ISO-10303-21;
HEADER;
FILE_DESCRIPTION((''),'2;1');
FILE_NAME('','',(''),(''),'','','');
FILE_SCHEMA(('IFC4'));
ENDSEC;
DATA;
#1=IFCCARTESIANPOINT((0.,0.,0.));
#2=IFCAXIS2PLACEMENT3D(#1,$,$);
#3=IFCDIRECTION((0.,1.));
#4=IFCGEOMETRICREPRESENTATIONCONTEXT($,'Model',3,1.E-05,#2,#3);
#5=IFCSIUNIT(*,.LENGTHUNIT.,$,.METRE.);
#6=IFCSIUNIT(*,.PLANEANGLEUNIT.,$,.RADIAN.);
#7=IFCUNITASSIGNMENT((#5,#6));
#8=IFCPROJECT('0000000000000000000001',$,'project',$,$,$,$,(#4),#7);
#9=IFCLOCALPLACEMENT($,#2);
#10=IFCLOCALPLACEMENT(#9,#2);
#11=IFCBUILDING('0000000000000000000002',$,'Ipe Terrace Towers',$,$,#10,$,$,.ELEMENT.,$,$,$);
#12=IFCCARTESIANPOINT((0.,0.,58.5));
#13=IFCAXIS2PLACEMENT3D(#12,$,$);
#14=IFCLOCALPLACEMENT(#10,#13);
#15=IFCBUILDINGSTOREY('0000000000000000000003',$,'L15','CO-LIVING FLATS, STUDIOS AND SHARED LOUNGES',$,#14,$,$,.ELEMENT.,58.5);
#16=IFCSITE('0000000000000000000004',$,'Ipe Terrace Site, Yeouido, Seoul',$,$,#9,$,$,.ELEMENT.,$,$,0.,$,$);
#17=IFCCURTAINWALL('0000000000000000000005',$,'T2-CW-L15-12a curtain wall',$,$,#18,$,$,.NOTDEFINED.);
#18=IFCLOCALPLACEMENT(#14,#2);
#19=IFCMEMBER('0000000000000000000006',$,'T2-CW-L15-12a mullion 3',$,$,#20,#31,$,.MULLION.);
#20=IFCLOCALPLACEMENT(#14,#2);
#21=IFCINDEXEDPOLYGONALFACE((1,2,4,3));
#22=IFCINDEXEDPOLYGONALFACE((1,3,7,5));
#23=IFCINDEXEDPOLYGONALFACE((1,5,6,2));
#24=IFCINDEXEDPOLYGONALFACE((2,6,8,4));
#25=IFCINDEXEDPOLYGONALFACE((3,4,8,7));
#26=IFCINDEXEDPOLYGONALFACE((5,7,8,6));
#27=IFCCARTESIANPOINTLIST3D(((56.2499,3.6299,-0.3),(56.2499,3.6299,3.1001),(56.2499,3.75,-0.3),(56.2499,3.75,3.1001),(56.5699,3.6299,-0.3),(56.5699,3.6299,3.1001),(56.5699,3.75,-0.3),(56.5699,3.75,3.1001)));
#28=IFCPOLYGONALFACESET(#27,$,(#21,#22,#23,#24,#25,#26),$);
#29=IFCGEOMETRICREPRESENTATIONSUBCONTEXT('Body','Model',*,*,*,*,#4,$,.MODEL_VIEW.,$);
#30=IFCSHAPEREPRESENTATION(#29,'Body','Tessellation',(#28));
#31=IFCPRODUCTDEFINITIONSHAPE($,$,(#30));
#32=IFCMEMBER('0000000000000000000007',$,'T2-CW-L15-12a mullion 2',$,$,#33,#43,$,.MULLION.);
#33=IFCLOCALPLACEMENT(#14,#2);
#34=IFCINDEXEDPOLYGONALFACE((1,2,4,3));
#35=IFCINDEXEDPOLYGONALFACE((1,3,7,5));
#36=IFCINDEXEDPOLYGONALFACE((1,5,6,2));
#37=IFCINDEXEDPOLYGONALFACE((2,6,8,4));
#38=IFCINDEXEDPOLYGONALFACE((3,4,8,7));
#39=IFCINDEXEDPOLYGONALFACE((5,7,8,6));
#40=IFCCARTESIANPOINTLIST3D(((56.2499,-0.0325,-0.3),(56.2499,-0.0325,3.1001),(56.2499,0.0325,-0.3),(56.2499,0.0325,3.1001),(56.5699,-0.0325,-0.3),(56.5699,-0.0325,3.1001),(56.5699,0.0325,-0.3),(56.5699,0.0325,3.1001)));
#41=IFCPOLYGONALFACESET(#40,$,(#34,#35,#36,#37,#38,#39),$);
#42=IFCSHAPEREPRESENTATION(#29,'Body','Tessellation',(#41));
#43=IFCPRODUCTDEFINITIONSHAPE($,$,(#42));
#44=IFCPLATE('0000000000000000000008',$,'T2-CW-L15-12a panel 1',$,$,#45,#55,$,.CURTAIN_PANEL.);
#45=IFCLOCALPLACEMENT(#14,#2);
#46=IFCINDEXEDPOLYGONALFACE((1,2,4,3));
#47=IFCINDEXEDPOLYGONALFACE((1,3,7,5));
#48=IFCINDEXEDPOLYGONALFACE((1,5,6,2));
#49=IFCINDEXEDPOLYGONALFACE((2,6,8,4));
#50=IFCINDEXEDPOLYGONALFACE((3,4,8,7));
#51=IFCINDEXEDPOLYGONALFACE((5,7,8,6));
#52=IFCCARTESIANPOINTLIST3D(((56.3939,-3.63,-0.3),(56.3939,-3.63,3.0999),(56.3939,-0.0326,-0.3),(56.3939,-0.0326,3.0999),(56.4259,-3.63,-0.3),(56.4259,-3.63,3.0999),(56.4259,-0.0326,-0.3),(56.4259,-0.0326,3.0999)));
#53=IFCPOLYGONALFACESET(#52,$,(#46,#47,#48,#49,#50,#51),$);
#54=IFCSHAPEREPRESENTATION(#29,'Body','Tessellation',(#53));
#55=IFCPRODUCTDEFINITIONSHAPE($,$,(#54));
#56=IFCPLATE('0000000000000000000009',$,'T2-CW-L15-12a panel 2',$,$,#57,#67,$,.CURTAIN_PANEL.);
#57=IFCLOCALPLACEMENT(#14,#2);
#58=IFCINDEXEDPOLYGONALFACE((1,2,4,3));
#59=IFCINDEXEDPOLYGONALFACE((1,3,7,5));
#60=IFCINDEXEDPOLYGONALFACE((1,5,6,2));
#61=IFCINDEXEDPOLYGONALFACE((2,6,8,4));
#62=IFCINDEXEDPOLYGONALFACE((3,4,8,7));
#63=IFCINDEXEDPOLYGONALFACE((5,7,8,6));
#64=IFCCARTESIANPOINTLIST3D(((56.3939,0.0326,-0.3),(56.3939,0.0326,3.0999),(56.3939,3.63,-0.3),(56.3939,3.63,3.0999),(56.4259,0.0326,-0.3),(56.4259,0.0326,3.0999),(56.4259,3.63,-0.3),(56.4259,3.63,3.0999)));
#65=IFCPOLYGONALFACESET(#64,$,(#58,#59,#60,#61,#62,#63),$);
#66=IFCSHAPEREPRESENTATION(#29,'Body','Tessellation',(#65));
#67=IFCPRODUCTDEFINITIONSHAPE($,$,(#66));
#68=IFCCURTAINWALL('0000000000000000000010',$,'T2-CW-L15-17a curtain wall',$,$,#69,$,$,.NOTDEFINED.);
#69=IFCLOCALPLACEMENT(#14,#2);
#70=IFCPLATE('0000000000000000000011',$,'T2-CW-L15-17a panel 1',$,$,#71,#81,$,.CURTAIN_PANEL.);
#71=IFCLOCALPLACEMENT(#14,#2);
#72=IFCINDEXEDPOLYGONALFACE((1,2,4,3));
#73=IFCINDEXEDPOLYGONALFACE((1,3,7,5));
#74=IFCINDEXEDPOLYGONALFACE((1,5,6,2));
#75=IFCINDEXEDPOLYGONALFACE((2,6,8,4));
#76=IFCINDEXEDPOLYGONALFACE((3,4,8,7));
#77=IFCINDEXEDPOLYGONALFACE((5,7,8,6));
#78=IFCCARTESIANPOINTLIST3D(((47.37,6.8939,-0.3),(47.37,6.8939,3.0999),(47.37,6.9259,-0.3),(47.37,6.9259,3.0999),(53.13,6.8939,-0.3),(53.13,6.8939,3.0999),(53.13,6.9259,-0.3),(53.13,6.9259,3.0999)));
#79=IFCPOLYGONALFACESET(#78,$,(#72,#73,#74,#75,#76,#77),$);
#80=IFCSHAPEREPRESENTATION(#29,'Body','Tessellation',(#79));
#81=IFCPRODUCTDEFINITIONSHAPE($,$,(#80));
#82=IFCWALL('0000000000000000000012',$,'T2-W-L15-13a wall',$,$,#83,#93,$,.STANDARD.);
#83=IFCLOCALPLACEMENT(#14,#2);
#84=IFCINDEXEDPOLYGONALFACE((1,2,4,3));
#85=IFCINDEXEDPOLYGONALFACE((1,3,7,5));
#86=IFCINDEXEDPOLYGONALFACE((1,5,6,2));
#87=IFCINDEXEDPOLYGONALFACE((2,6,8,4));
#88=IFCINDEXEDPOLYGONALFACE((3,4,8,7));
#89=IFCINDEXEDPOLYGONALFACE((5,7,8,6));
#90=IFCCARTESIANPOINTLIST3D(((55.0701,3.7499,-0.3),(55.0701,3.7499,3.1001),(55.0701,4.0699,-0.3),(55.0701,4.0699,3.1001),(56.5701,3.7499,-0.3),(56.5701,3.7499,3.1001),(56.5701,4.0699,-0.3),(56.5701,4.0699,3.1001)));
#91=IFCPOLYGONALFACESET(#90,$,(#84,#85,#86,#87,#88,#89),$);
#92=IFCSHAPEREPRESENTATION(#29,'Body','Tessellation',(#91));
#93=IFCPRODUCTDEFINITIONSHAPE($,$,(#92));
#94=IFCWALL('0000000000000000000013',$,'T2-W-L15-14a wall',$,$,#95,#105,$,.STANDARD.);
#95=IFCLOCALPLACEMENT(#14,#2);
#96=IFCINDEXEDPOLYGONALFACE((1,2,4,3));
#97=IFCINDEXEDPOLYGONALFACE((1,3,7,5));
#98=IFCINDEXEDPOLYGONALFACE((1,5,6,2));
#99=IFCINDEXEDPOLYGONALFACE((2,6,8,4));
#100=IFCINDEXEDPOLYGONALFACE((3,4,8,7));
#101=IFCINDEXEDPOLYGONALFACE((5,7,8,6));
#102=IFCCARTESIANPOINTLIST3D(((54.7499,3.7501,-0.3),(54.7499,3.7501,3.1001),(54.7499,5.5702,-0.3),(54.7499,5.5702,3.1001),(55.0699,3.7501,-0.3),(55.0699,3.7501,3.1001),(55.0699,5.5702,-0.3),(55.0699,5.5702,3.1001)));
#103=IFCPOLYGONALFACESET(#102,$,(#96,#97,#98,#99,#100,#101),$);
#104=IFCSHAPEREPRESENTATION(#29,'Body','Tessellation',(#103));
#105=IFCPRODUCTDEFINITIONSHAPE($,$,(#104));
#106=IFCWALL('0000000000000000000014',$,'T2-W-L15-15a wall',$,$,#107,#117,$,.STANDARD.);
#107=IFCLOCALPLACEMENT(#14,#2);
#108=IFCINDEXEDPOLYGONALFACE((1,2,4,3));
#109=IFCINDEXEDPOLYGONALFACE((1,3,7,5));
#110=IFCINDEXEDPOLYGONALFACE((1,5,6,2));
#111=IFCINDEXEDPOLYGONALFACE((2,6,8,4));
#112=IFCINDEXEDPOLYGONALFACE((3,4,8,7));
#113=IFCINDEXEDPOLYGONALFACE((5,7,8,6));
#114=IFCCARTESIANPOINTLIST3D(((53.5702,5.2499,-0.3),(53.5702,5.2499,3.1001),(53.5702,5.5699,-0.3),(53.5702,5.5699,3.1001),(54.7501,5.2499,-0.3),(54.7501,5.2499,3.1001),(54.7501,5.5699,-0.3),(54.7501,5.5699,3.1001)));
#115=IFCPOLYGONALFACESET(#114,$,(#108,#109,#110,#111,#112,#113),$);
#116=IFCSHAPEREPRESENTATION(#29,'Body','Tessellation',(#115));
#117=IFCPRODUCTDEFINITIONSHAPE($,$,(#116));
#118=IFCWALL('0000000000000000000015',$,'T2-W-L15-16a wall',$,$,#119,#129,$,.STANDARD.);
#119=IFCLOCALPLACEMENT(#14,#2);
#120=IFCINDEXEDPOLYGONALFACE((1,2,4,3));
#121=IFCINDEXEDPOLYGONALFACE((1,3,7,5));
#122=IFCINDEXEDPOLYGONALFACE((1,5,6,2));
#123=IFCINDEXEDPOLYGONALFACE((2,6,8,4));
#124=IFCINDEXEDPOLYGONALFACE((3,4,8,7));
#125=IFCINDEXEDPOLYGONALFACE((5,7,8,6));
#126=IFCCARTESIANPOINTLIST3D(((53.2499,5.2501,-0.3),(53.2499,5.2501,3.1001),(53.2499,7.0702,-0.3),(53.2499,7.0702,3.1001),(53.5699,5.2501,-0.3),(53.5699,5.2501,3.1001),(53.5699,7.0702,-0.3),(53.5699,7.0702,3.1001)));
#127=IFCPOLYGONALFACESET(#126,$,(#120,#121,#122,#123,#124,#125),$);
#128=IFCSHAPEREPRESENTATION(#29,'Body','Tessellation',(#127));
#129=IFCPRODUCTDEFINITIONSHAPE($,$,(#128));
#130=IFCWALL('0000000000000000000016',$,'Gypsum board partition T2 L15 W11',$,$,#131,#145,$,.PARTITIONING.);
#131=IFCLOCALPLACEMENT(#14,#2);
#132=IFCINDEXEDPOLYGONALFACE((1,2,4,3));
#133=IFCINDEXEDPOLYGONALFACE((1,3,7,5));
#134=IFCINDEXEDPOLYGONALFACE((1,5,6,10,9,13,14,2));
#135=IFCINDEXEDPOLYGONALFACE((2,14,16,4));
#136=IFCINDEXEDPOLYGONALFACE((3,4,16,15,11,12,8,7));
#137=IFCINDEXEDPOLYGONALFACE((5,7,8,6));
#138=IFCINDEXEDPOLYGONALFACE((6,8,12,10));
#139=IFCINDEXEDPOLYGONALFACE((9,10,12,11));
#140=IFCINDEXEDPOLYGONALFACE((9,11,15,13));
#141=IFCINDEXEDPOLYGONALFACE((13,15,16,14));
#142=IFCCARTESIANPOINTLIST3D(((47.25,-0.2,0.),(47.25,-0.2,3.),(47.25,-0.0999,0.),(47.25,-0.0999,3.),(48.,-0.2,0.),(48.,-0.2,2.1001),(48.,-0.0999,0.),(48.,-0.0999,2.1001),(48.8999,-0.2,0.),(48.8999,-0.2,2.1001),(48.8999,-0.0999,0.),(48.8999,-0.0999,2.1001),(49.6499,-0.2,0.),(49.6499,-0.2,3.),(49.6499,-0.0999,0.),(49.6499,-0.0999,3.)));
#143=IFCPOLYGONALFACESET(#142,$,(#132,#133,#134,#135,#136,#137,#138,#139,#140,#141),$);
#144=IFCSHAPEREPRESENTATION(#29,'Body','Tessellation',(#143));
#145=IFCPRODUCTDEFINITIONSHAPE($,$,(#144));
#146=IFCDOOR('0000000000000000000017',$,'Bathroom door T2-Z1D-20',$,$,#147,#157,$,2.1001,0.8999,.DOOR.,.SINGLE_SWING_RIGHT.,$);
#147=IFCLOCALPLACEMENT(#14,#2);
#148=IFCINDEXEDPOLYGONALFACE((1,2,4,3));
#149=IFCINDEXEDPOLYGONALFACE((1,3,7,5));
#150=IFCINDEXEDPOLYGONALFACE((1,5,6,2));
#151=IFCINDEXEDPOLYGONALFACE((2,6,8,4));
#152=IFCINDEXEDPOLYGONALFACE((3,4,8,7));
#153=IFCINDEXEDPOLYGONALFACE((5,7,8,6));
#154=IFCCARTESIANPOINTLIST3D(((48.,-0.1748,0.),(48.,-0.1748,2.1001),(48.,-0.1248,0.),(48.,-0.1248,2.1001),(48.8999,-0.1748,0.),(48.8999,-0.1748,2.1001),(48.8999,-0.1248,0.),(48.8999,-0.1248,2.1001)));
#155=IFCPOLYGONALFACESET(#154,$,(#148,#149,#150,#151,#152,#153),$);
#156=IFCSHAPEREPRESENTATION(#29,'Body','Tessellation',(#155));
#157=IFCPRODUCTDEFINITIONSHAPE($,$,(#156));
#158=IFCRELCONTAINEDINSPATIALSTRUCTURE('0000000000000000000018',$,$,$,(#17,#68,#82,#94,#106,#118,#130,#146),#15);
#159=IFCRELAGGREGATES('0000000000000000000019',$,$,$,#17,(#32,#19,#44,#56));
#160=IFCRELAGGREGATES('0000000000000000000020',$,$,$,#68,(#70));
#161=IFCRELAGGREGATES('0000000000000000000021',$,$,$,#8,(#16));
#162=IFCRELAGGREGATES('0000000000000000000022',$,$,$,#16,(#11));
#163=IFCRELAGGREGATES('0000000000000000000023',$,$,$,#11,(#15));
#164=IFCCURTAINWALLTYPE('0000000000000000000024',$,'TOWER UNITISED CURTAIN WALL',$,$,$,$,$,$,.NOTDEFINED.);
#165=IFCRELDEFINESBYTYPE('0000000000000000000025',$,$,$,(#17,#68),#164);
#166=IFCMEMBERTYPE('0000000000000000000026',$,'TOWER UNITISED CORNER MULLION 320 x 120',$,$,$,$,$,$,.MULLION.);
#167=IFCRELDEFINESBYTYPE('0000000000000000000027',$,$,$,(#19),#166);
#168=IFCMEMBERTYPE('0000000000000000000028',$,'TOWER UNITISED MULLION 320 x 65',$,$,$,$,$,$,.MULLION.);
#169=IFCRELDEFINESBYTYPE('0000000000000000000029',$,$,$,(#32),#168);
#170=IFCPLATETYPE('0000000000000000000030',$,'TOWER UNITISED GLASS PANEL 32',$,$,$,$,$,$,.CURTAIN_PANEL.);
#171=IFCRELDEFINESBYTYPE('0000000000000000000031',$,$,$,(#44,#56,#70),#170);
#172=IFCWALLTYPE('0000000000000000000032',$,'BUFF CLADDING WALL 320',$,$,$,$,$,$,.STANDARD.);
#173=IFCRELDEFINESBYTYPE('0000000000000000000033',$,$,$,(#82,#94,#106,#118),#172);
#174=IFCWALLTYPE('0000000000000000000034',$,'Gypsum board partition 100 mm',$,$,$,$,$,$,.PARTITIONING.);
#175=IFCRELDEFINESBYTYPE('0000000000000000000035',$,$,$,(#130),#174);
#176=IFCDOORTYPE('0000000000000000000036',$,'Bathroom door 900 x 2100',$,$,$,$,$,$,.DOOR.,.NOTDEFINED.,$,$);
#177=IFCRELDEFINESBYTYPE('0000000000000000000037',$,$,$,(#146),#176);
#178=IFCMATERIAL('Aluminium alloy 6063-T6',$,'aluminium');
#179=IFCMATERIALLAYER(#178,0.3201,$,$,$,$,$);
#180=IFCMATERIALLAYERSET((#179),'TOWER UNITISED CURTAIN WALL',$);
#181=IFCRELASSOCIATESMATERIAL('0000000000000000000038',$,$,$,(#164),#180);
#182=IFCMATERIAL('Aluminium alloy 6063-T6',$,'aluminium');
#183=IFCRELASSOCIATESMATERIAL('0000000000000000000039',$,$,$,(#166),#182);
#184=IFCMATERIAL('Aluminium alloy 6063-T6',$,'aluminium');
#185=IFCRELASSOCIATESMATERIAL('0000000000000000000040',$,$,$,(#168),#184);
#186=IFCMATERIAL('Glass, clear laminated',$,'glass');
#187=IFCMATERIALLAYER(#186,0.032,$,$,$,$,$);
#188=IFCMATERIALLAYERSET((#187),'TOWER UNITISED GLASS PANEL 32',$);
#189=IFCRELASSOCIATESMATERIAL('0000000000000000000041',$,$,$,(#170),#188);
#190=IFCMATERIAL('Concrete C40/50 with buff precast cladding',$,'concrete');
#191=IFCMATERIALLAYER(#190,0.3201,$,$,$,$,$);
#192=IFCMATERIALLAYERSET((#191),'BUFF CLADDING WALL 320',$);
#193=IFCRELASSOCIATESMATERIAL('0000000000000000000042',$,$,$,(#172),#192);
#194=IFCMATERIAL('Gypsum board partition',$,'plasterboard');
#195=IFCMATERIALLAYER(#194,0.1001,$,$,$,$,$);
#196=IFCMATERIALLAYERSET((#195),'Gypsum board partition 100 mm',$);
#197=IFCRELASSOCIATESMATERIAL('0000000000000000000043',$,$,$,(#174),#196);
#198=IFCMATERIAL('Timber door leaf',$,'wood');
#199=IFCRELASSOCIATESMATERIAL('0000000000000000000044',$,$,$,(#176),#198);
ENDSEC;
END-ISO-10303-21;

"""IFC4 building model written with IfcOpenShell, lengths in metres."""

from ifc_helpers import new_model, si_unit, direction, frame, frame_2d, origin, origin_2d, place, context, subcontext, project, spatial, rectangle, extrude, material, layer, layer_set, material_profile, profile_set, type_object, element, fill, aggregate, save


model = new_model("IFC4")

# Units and contexts
model_context = context("Model", 3, precision=1e-05, world=origin(), true_north=direction((0.0, 1.0)))
body_context = subcontext(model_context, "Body", "Model", "MODEL_VIEW")
ifc_project = project(units=[si_unit("LENGTHUNIT", "METRE"), si_unit("PLANEANGLEUNIT", "RADIAN")], contexts=[model_context])

# Site, building, storey
site_placement = place(None, origin())
site = spatial("IfcSite", under=ifc_project, at=site_placement, Name="Ipe Terrace Site, Yeouido, Seoul", CompositionType="ELEMENT", RefElevation=0.0)
building_placement = place(site_placement, origin())
building = spatial("IfcBuilding", under=site, at=building_placement, Name="Ipe Terrace Towers", CompositionType="ELEMENT")
storey_placement = place(building_placement, frame((0.0, 0.0, 58.5)))
storey = spatial("IfcBuildingStorey", under=building, at=storey_placement, Name="L15", Description="CO-LIVING FLATS, STUDIOS AND SHARED LOUNGES", CompositionType="ELEMENT", Elevation=58.5)

# Curtain wall, members, plates
ifc_material_1 = material(Name="Aluminium alloy 6063-T6", Category="aluminium")
ifc_layer_1 = layer(ifc_material_1, 0.3201)
ifc_layer_set_1 = layer_set([ifc_layer_1], Name="TOWER UNITISED CURTAIN WALL")
curtain_wall_type = type_object("IfcCurtainWallType", Name="TOWER UNITISED CURTAIN WALL", PredefinedType="NOTDEFINED", material=ifc_layer_set_1)
curtain_wall_1_placement = place(storey_placement, origin())
curtain_wall_1 = element("IfcCurtainWall", 1, at=curtain_wall_1_placement, inside=storey, type_object=curtain_wall_type, Name="T2-CW-L15-12a curtain wall", PredefinedType="NOTDEFINED")
ifc_material_2 = material(Name="Aluminium alloy 6063-T6", Category="aluminium")
ifc_material_profile_1 = material_profile(ifc_material_2, rectangle(XDim=0.3201, YDim=0.1201, at=origin_2d()), Name="TOWER UNITISED CORNER MULLION 320 x 120")
ifc_profile_set_1 = profile_set([ifc_material_profile_1], Name="Aluminium alloy 6063-T6")
member_type_1 = type_object("IfcMemberType", Name="TOWER UNITISED CORNER MULLION 320 x 120", PredefinedType="MULLION", material=ifc_profile_set_1)
member_1_placement = place(storey_placement, frame((56.4099, 3.6899, -0.3), z_axis=(0.0, 0.0, 1.0), x_axis=(1.0, 0.0, 0.0)))
member_1 = element("IfcMember", 2, at=member_1_placement, type_object=member_type_1, Name="T2-CW-L15-12a mullion 3", PredefinedType="MULLION", context=body_context, shape_type="SweptSolid", body=[
    extrude(rectangle(XDim=0.3201, YDim=0.1201, at=origin_2d()), origin(), (0.0, 0.0, 1.0), 3.4001),
])
ifc_material_3 = material(Name="Aluminium alloy 6063-T6", Category="aluminium")
ifc_material_profile_2 = material_profile(ifc_material_3, rectangle(XDim=0.3201, YDim=0.0649, at=origin_2d()), Name="TOWER UNITISED MULLION 320 x 65")
ifc_profile_set_2 = profile_set([ifc_material_profile_2], Name="Aluminium alloy 6063-T6")
member_type_2 = type_object("IfcMemberType", Name="TOWER UNITISED MULLION 320 x 65", PredefinedType="MULLION", material=ifc_profile_set_2)
member_2_placement = place(storey_placement, frame((56.4099, 0.0, -0.3), z_axis=(0.0, 0.0, 1.0), x_axis=(1.0, 0.0, 0.0)))
member_2 = element("IfcMember", 3, at=member_2_placement, type_object=member_type_2, Name="T2-CW-L15-12a mullion 2", PredefinedType="MULLION", context=body_context, shape_type="SweptSolid", body=[
    extrude(rectangle(XDim=0.3201, YDim=0.0649, at=origin_2d()), origin(), (0.0, 0.0, 1.0), 3.4001),
])
ifc_material_4 = material(Name="Glass, clear laminated", Category="glass")
ifc_layer_2 = layer(ifc_material_4, 0.032)
ifc_layer_set_2 = layer_set([ifc_layer_2], Name="TOWER UNITISED GLASS PANEL 32")
plate_type = type_object("IfcPlateType", Name="TOWER UNITISED GLASS PANEL 32", PredefinedType="CURTAIN_PANEL", material=ifc_layer_set_2)
plate_1_placement = place(storey_placement, frame((56.4099, -1.8313, -0.3), z_axis=(0.0, 0.0, 1.0), x_axis=(0.0, 1.0, 0.0)))
plate_1 = element("IfcPlate", 4, at=plate_1_placement, type_object=plate_type, Name="T2-CW-L15-12a panel 1", PredefinedType="CURTAIN_PANEL", context=body_context, shape_type="SweptSolid", body=[
    extrude(rectangle(XDim=3.5974, YDim=0.032, at=origin_2d()), origin(), (0.0, 0.0, 1.0), 3.3999),
])
plate_2_placement = place(storey_placement, frame((56.4099, 1.8313, -0.3), z_axis=(0.0, 0.0, 1.0), x_axis=(0.0, 1.0, 0.0)))
plate_2 = element("IfcPlate", 5, at=plate_2_placement, type_object=plate_type, Name="T2-CW-L15-12a panel 2", PredefinedType="CURTAIN_PANEL", context=body_context, shape_type="SweptSolid", body=[
    extrude(rectangle(XDim=3.5974, YDim=0.032, at=origin_2d()), origin(), (0.0, 0.0, 1.0), 3.3999),
])
aggregate(curtain_wall_1, [member_2, member_1, plate_1, plate_2])

# Curtain wall, plate
curtain_wall_2_placement = place(storey_placement, origin())
curtain_wall_2 = element("IfcCurtainWall", 6, at=curtain_wall_2_placement, inside=storey, type_object=curtain_wall_type, Name="T2-CW-L15-17a curtain wall", PredefinedType="NOTDEFINED")
plate_3_placement = place(storey_placement, frame((50.25, 6.9099, -0.3), z_axis=(0.0, 0.0, 1.0), x_axis=(-1.0, 0.0, 0.0)))
plate_3 = element("IfcPlate", 7, at=plate_3_placement, type_object=plate_type, Name="T2-CW-L15-17a panel 1", PredefinedType="CURTAIN_PANEL", context=body_context, shape_type="SweptSolid", body=[
    extrude(rectangle(XDim=5.76, YDim=0.032, at=origin_2d()), origin(), (0.0, 0.0, 1.0), 3.3999),
])
aggregate(curtain_wall_2, [plate_3])

# Walls
ifc_material_5 = material(Name="Concrete C40/50 with buff precast cladding", Category="concrete")
ifc_layer_3 = layer(ifc_material_5, 0.3201)
ifc_layer_set_3 = layer_set([ifc_layer_3], Name="BUFF CLADDING WALL 320")
wall_type_1 = type_object("IfcWallType", Name="BUFF CLADDING WALL 320", PredefinedType="STANDARD", material=ifc_layer_set_3)
wall_1_placement = place(storey_placement, frame((56.5701, 3.9099, -0.3), z_axis=(0.0, 0.0, 1.0), x_axis=(-1.0, 0.0, 0.0)))
element("IfcWall", 8, at=wall_1_placement, inside=storey, type_object=wall_type_1, Name="T2-W-L15-13a wall", PredefinedType="STANDARD", context=body_context, shape_type="SweptSolid", body=[
    extrude(rectangle(XDim=1.5, YDim=0.3201, at=frame_2d((0.75, 0.0))), origin(), (0.0, 0.0, 1.0), 3.4001),
])
wall_2_placement = place(storey_placement, frame((54.9099, 3.75, -0.3), z_axis=(0.0, 0.0, 1.0), x_axis=(0.0, 1.0, 0.0)))
element("IfcWall", 9, at=wall_2_placement, inside=storey, type_object=wall_type_1, Name="T2-W-L15-14a wall", PredefinedType="STANDARD", context=body_context, shape_type="SweptSolid", body=[
    extrude(rectangle(XDim=1.8201, YDim=0.3201, at=frame_2d((0.9102, 0.0))), origin(), (0.0, 0.0, 1.0), 3.4001),
])
wall_3_placement = place(storey_placement, frame((54.75, 5.4099, -0.3), z_axis=(0.0, 0.0, 1.0), x_axis=(-1.0, 0.0, 0.0)))
element("IfcWall", 10, at=wall_3_placement, inside=storey, type_object=wall_type_1, Name="T2-W-L15-15a wall", PredefinedType="STANDARD", context=body_context, shape_type="SweptSolid", body=[
    extrude(rectangle(XDim=1.1799, YDim=0.3201, at=frame_2d((0.5898, 0.0))), origin(), (0.0, 0.0, 1.0), 3.4001),
])
wall_4_placement = place(storey_placement, frame((53.4099, 5.25, -0.3), z_axis=(0.0, 0.0, 1.0), x_axis=(0.0, 1.0, 0.0)))
element("IfcWall", 11, at=wall_4_placement, inside=storey, type_object=wall_type_1, Name="T2-W-L15-16a wall", PredefinedType="STANDARD", context=body_context, shape_type="SweptSolid", body=[
    extrude(rectangle(XDim=1.8201, YDim=0.3201, at=frame_2d((0.9102, 0.0))), origin(), (0.0, 0.0, 1.0), 3.4001),
])

# Wall, opening, door
ifc_material_6 = material(Name="Gypsum board partition", Category="plasterboard")
ifc_layer_4 = layer(ifc_material_6, 0.1001)
ifc_layer_set_4 = layer_set([ifc_layer_4], Name="Gypsum board partition 100 mm")
wall_type_2 = type_object("IfcWallType", Name="Gypsum board partition 100 mm", PredefinedType="PARTITIONING", material=ifc_layer_set_4)
wall_5_placement = place(storey_placement, frame((49.6499, -0.1499, 0.0), z_axis=(0.0, 0.0, 1.0), x_axis=(-1.0, 0.0, 0.0)))
wall_5 = element("IfcWall", 12, at=wall_5_placement, inside=storey, type_object=wall_type_2, Name="Gypsum board partition T2 L15 W11", PredefinedType="PARTITIONING", context=body_context, shape_type="SweptSolid", body=[
    extrude(rectangle(XDim=2.3999, YDim=0.1001, at=frame_2d((1.2, 0.0))), origin(), (0.0, 0.0, 1.0), 3.0),
])
opening_1_placement = place(wall_5_placement, frame((0.75, 0.0, 0.0)))
opening_1 = element("IfcOpeningElement", 13, at=opening_1_placement, cuts=wall_5, PredefinedType="OPENING", context=body_context, shape_type="SweptSolid", body=[
    extrude(rectangle(XDim=0.8999, YDim=2.1001, at=frame_2d((0.45, 1.05))), frame((0.0, 0.0601, 0.0), z_axis=(0.0, -1.0, 0.0), x_axis=(1.0, 0.0, 0.0)), (0.0, 0.0, 1.0), 0.1201),
])
ifc_material_7 = material(Name="Timber door leaf", Category="wood")
door_type_1 = type_object("IfcDoorType", Name="Bathroom door 900 x 2100", OperationType="NOTDEFINED", PredefinedType="DOOR", material=ifc_material_7)
door_1_placement = place(opening_1_placement, origin())
door_1 = element("IfcDoor", 14, at=door_1_placement, inside=storey, type_object=door_type_1, Name="Bathroom door T2-Z1D-20", OperationType="SINGLE_SWING_RIGHT", OverallHeight=2.1001, OverallWidth=0.8999, PredefinedType="DOOR", context=body_context, shape_type="SweptSolid", body=[
    extrude(rectangle(XDim=0.8999, YDim=2.1001, at=frame_2d((0.45, 1.05))), frame((0.0, 0.0249, 0.0), z_axis=(0.0, -1.0, 0.0), x_axis=(1.0, 0.0, 0.0)), (0.0, 0.0, 1.0), 0.05),
])
fill(opening_1, door_1)

save(model, "model.ifc")
